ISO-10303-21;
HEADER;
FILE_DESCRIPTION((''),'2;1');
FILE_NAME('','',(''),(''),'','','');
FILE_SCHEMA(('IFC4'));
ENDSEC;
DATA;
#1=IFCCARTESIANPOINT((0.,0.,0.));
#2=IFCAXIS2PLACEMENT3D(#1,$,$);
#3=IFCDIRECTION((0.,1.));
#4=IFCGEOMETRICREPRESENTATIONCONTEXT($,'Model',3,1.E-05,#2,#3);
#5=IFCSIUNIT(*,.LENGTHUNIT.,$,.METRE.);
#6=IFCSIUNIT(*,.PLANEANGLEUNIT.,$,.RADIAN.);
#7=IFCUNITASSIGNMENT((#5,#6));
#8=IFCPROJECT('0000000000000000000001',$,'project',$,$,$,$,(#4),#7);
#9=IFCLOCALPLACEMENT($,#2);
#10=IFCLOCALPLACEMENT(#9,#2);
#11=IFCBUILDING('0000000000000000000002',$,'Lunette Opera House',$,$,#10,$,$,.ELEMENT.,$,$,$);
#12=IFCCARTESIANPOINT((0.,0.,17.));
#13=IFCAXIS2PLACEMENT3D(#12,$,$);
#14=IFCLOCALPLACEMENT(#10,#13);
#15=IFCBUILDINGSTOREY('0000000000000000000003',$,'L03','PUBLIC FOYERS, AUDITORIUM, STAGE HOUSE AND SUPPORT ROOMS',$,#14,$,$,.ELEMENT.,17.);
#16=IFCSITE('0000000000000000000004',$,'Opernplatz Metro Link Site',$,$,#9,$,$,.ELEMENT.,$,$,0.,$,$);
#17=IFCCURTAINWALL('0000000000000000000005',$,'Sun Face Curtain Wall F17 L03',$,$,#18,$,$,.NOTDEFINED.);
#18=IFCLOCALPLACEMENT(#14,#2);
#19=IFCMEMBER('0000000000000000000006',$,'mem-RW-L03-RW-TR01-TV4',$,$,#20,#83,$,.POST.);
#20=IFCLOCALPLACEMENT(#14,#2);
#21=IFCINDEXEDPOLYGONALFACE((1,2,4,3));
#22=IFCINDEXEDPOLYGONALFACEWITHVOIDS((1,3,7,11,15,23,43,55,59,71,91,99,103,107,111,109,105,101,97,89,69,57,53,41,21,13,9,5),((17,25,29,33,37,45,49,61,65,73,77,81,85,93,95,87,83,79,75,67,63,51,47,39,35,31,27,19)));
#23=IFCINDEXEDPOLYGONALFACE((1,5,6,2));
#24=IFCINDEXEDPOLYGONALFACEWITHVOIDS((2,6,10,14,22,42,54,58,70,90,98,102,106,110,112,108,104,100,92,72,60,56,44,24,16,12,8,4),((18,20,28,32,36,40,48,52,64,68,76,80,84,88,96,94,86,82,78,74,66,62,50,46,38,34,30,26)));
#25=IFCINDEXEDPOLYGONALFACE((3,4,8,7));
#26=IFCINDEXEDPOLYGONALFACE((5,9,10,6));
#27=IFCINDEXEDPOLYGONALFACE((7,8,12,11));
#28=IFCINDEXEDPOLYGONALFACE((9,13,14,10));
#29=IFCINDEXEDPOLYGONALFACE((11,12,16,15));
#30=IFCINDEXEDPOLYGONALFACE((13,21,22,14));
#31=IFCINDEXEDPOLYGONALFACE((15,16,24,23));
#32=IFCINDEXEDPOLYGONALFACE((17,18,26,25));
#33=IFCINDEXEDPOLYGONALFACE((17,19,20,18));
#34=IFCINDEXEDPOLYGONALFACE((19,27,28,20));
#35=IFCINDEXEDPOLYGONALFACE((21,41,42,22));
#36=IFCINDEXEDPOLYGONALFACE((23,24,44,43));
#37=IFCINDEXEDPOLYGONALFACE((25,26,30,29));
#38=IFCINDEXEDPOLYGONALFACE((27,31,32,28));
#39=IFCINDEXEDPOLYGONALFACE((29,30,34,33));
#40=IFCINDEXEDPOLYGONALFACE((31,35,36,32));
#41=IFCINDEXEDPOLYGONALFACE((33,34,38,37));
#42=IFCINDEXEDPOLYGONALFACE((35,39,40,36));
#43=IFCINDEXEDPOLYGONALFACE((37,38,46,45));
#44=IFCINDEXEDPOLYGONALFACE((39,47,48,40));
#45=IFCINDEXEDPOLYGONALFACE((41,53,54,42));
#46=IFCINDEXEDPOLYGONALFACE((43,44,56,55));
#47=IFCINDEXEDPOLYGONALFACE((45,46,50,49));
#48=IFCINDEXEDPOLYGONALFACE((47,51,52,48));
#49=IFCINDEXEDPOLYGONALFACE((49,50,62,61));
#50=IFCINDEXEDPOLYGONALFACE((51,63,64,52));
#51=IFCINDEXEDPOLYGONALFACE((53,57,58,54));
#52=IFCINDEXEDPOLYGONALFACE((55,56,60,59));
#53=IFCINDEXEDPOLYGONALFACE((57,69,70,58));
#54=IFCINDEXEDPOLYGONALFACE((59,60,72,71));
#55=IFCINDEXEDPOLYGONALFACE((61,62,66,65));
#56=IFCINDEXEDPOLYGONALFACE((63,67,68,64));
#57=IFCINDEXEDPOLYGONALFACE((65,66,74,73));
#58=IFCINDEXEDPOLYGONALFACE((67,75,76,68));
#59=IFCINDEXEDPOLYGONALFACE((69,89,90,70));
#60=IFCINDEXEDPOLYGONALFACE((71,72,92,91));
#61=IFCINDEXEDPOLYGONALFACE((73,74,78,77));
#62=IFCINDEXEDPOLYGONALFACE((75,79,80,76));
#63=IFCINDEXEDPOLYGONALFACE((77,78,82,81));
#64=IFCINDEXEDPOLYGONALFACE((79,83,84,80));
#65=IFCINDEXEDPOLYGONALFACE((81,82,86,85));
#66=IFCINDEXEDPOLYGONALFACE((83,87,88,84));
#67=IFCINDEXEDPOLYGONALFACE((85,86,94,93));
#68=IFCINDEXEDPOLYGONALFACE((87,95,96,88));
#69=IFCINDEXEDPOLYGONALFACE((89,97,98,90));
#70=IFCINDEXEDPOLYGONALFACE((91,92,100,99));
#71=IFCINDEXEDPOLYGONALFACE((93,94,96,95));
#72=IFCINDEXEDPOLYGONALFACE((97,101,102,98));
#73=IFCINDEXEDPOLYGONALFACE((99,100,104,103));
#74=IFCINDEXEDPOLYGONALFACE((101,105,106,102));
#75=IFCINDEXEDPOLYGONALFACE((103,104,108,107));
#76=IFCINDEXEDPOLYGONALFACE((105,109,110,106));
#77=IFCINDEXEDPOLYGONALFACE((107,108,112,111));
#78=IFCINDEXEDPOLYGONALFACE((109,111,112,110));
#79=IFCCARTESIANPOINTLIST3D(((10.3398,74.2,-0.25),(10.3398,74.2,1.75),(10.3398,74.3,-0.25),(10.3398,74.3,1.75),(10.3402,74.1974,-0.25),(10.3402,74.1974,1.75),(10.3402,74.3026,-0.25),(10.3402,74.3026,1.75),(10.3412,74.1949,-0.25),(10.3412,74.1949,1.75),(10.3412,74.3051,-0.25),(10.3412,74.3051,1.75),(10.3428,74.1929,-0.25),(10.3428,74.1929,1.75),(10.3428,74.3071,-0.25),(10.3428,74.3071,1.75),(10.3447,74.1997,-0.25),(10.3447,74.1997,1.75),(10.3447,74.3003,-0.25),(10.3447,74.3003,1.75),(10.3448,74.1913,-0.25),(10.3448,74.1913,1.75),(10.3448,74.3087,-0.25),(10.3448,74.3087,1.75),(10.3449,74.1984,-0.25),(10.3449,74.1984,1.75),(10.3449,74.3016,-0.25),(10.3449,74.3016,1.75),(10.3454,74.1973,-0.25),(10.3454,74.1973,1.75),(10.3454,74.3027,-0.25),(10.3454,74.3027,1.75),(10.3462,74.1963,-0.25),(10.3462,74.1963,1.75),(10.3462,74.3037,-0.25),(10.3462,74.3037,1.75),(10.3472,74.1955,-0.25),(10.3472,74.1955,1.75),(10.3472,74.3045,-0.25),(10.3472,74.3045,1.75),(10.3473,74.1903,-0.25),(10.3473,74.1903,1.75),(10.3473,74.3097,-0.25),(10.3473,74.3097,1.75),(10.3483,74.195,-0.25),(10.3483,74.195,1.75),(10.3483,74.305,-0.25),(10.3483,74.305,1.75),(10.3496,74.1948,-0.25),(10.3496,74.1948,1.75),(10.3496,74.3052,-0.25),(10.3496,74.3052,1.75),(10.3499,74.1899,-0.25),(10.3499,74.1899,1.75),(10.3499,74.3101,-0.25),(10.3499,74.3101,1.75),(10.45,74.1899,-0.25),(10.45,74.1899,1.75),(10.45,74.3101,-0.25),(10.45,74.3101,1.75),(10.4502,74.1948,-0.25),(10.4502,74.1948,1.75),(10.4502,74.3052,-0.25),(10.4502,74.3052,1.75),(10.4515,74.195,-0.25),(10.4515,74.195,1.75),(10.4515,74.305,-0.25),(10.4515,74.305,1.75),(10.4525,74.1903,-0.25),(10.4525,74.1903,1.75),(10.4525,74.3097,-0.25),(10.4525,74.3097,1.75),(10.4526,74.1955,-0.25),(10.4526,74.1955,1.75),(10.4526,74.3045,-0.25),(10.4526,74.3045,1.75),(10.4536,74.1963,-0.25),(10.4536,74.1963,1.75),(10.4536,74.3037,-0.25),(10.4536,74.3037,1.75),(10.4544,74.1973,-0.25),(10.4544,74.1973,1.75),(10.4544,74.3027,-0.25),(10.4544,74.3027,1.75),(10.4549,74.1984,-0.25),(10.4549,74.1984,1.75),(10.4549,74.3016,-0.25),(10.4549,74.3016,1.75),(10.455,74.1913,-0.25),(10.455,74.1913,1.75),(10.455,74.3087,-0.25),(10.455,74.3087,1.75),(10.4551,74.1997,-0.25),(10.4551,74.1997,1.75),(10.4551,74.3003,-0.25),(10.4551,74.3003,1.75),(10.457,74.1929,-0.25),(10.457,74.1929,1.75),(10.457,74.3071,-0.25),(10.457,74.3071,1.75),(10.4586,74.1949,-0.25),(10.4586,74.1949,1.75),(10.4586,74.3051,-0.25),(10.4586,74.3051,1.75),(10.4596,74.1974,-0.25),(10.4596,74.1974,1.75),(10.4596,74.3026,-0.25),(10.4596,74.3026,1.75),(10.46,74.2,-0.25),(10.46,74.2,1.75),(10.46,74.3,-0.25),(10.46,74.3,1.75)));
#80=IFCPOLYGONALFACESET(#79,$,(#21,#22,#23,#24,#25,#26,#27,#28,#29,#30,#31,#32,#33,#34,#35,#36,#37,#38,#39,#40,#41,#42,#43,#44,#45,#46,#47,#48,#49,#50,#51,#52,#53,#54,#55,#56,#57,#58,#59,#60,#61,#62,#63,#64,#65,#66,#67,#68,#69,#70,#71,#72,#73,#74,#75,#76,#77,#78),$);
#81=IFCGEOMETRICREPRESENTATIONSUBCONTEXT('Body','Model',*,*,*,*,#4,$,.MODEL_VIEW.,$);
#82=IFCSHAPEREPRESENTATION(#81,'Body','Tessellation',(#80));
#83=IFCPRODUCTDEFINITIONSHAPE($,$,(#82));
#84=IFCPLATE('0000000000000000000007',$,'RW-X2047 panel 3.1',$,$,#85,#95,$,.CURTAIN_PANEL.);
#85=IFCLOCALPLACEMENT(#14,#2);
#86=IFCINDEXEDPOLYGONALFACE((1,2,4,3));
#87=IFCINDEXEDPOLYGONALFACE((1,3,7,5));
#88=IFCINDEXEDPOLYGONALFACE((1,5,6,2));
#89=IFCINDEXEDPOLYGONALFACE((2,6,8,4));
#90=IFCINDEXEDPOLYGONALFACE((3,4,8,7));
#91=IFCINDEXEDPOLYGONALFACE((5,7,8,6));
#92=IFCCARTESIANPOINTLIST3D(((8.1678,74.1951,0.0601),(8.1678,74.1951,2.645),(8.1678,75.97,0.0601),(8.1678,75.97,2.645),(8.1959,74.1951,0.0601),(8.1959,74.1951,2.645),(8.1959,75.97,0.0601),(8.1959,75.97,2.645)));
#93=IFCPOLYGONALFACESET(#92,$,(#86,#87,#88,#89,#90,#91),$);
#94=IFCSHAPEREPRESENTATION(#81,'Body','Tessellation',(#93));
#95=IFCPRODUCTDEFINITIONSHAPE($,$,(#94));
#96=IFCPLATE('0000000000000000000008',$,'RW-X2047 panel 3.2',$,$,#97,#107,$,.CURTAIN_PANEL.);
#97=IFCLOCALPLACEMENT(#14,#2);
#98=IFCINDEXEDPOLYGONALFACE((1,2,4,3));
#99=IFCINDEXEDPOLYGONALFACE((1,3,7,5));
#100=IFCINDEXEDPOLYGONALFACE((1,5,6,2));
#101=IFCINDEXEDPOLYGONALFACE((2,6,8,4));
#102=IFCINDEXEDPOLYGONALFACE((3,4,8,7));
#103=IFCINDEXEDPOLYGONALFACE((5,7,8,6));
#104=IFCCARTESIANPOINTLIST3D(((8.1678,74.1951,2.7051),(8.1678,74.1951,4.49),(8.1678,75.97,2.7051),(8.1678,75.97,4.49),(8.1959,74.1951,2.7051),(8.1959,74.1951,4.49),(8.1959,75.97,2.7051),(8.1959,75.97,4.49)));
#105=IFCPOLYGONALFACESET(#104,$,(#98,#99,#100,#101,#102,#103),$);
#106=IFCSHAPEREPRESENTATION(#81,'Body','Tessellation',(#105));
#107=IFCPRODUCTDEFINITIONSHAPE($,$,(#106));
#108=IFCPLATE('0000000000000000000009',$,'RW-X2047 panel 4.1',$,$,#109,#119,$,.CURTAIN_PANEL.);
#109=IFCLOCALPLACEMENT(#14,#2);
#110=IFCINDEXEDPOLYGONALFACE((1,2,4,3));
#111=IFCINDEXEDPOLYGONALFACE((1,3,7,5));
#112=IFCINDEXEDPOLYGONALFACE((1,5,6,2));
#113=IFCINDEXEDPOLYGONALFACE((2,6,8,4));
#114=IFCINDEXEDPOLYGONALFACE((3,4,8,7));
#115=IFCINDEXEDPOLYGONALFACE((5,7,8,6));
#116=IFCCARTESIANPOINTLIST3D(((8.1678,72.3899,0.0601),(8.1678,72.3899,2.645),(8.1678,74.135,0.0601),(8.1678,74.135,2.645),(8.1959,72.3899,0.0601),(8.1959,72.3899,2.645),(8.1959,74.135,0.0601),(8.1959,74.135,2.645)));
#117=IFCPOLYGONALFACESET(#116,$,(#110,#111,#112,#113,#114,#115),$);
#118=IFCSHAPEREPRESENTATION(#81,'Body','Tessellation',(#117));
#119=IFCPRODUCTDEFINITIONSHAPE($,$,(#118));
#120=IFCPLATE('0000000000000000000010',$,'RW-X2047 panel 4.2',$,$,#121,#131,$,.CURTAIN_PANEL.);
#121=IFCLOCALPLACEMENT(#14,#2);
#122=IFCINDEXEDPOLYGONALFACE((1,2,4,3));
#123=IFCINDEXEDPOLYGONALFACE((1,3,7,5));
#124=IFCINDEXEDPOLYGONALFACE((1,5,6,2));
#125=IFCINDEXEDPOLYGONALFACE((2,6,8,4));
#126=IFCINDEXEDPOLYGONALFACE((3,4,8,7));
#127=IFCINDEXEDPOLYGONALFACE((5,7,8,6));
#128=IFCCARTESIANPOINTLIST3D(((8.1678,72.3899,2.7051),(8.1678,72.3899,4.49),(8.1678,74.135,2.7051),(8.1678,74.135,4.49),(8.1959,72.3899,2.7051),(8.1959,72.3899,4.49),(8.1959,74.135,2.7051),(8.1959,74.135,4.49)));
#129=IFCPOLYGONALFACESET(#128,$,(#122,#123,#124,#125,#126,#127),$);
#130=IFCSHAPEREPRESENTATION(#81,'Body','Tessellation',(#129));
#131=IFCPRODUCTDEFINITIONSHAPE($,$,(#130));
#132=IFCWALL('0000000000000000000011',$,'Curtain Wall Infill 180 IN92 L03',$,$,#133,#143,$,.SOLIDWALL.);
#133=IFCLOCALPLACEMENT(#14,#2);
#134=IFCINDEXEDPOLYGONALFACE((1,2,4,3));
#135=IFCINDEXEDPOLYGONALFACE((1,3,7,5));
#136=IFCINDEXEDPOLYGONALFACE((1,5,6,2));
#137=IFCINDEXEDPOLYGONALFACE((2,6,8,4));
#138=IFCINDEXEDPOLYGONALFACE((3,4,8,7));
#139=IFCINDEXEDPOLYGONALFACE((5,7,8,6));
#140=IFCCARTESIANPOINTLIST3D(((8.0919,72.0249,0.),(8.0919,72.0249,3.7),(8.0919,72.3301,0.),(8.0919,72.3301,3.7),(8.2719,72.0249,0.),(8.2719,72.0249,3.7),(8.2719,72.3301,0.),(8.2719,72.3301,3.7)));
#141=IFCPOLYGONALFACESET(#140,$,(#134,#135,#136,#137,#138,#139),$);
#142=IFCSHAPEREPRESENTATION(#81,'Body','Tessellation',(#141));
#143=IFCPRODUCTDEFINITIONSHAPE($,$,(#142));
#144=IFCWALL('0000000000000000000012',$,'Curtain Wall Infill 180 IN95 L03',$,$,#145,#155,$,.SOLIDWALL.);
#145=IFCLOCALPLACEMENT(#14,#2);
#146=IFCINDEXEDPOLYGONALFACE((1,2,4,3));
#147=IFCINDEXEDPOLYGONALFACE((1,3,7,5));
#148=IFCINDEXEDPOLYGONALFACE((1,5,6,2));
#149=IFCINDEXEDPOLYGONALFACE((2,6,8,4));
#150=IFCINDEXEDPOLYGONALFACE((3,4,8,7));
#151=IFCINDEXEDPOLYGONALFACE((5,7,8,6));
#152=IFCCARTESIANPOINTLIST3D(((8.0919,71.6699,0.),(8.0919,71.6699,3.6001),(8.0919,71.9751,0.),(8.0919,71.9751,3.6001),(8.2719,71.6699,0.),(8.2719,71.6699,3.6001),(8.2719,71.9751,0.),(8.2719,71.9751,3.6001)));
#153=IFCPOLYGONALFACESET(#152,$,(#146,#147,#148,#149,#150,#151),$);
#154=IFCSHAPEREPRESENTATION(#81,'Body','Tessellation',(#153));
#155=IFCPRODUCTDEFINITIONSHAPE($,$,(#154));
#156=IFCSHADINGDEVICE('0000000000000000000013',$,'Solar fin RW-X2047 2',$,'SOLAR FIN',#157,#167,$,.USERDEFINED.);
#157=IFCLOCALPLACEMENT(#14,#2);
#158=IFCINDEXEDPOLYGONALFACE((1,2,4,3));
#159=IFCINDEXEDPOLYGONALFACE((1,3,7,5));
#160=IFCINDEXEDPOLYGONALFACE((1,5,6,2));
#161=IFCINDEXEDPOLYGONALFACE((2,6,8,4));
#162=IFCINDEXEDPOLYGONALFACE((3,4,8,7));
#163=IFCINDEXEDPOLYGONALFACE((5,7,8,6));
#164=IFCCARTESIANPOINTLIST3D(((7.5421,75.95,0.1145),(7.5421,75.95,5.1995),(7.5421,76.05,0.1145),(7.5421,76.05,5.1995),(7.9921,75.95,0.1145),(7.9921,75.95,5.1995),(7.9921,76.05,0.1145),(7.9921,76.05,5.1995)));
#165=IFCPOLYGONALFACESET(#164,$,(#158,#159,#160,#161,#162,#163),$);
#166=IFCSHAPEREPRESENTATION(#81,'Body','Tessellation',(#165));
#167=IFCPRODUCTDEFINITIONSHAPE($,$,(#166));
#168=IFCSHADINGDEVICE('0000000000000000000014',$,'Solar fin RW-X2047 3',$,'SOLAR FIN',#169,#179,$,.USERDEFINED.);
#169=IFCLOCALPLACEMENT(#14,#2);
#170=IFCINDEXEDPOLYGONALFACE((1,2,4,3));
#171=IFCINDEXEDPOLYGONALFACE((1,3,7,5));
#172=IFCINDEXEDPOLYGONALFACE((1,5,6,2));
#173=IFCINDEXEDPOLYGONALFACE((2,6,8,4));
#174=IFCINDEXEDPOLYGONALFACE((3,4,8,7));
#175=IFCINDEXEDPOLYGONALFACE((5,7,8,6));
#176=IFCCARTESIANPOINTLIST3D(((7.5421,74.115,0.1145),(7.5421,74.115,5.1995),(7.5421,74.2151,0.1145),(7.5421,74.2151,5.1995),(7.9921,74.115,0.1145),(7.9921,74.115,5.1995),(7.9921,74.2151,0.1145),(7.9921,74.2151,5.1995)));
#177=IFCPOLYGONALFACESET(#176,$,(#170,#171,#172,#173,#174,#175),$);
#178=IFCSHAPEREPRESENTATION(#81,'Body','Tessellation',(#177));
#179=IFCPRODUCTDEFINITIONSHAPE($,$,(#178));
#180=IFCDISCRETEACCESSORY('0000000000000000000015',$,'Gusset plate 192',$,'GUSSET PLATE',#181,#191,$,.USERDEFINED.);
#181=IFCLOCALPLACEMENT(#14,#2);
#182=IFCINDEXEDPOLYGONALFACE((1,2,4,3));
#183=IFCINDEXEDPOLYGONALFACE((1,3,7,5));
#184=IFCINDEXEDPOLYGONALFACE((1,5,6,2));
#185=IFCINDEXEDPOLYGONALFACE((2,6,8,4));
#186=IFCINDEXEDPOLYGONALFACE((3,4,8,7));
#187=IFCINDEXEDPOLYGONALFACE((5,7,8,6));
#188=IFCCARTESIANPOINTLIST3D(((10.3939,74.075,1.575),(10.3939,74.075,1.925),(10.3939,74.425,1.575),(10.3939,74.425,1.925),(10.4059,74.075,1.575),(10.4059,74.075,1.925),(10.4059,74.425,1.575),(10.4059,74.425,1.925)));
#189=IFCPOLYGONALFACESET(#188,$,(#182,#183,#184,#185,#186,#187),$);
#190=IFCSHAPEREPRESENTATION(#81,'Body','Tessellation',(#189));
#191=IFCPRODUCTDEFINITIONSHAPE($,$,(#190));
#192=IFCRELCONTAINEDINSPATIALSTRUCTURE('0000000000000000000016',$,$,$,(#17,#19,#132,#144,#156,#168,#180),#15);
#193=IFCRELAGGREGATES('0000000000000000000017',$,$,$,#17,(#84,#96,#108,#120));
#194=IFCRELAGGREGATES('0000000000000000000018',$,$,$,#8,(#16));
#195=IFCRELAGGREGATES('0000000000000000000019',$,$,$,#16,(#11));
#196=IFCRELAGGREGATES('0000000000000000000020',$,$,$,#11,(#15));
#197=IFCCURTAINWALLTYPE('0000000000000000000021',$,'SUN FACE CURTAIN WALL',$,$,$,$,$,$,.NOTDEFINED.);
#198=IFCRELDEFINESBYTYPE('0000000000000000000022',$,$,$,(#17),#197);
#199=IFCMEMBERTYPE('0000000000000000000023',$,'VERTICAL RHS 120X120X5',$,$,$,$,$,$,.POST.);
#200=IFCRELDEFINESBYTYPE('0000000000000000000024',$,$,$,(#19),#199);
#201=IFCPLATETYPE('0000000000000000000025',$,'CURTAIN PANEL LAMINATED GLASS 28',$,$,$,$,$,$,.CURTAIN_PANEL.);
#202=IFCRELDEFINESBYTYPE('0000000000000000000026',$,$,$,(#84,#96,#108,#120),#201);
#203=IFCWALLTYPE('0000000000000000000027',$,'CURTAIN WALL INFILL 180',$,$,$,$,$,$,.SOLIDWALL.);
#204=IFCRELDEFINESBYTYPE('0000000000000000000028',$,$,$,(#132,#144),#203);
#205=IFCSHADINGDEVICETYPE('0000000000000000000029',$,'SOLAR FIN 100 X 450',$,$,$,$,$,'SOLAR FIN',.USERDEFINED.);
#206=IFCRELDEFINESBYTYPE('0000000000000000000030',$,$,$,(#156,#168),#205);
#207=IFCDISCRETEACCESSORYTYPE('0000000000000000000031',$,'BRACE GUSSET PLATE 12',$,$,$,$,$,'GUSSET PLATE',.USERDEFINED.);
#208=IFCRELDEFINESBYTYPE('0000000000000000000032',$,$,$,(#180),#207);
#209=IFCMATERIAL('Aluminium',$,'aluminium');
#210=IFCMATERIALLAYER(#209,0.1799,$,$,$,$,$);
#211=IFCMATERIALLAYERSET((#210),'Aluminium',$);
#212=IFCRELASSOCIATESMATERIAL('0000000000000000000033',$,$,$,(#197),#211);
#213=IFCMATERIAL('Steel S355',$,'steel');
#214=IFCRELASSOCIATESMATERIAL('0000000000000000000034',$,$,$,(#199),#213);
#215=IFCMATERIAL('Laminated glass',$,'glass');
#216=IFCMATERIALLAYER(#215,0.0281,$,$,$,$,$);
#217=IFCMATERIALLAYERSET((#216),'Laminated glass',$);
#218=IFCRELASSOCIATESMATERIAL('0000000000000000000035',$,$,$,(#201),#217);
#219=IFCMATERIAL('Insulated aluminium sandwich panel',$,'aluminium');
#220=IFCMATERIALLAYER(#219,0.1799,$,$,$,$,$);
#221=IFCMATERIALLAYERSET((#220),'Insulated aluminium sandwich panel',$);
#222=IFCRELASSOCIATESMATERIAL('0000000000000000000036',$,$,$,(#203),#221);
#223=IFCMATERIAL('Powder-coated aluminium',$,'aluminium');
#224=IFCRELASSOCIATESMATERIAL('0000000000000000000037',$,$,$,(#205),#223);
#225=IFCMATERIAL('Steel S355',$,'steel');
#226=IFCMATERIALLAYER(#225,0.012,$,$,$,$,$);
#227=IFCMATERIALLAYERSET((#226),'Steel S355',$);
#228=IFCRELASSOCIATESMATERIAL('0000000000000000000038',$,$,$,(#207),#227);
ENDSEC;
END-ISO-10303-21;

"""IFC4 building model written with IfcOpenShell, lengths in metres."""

from ifc_helpers import new_model, si_unit, direction, frame, frame_2d, origin, origin_2d, place, context, subcontext, project, spatial, rectangle, hollow_rectangle, extrude, material, layer, layer_set, material_profile, profile_set, type_object, element, aggregate, save


model = new_model("IFC4")

# Units and contexts
model_context = context("Model", 3, precision=1e-05, world=origin(), true_north=direction((0.0, 1.0)))
body_context = subcontext(model_context, "Body", "Model", "MODEL_VIEW")
ifc_project = project(units=[si_unit("LENGTHUNIT", "METRE"), si_unit("PLANEANGLEUNIT", "RADIAN")], contexts=[model_context])

# Site, building, storey
site_placement = place(None, origin())
site = spatial("IfcSite", under=ifc_project, at=site_placement, Name="Opernplatz Metro Link Site", CompositionType="ELEMENT", RefElevation=0.0)
building_placement = place(site_placement, origin())
building = spatial("IfcBuilding", under=site, at=building_placement, Name="Lunette Opera House", CompositionType="ELEMENT")
storey_placement = place(building_placement, frame((0.0, 0.0, 17.0)))
storey = spatial("IfcBuildingStorey", under=building, at=storey_placement, Name="L03", Description="PUBLIC FOYERS, AUDITORIUM, STAGE HOUSE AND SUPPORT ROOMS", CompositionType="ELEMENT", Elevation=17.0)

# Curtain wall
ifc_material_1 = material(Name="Aluminium", Category="aluminium")
ifc_layer_1 = layer(ifc_material_1, 0.1799)
ifc_layer_set_1 = layer_set([ifc_layer_1], Name="Aluminium")
curtain_wall_type = type_object("IfcCurtainWallType", Name="SUN FACE CURTAIN WALL", PredefinedType="NOTDEFINED", material=ifc_layer_set_1)
curtain_wall_1_placement = place(storey_placement, origin())
curtain_wall_1 = element("IfcCurtainWall", 1, at=curtain_wall_1_placement, inside=storey, type_object=curtain_wall_type, Name="Sun Face Curtain Wall F17 L03", PredefinedType="NOTDEFINED")

# Member
ifc_material_2 = material(Name="Steel S355", Category="steel")
ifc_material_profile_1 = material_profile(ifc_material_2, hollow_rectangle(XDim=0.1201, YDim=0.1201, WallThickness=0.0049, InnerFilletRadius=0.0049, OuterFilletRadius=0.01, at=origin_2d()), Name="RHS 120X120X5")
ifc_profile_set_1 = profile_set([ifc_material_profile_1], Name="Steel S355")
member_type_1 = type_object("IfcMemberType", Name="VERTICAL RHS 120X120X5", PredefinedType="POST", material=ifc_profile_set_1)
member_1_placement = place(storey_placement, frame((10.3999, 74.25, -0.25), z_axis=(0.0, 0.0, 1.0), x_axis=(1.0, 0.0, 0.0)))
element("IfcMember", 2, at=member_1_placement, inside=storey, type_object=member_type_1, Name="mem-RW-L03-RW-TR01-TV4", PredefinedType="POST", context=body_context, shape_type="SweptSolid", body=[
    extrude(hollow_rectangle(XDim=0.1201, YDim=0.1201, WallThickness=0.0049, InnerFilletRadius=0.0049, OuterFilletRadius=0.01, at=origin_2d()), origin(), (0.0, 0.0, 1.0), 2.0),
])

# Plates
ifc_material_3 = material(Name="Laminated glass", Category="glass")
ifc_layer_2 = layer(ifc_material_3, 0.0281)
ifc_layer_set_2 = layer_set([ifc_layer_2], Name="Laminated glass")
plate_type = type_object("IfcPlateType", Name="CURTAIN PANEL LAMINATED GLASS 28", PredefinedType="CURTAIN_PANEL", material=ifc_layer_set_2)
plate_1_placement = place(storey_placement, frame((8.1819, 75.0825, 0.0601), z_axis=(0.0, 0.0, 1.0), x_axis=(0.0, -1.0, 0.0)))
plate_1 = element("IfcPlate", 3, at=plate_1_placement, type_object=plate_type, Name="RW-X2047 panel 3.1", PredefinedType="CURTAIN_PANEL", context=body_context, shape_type="SweptSolid", body=[
    extrude(rectangle(XDim=1.7749, YDim=0.0281, at=origin_2d()), origin(), (0.0, 0.0, 1.0), 2.585),
])
plate_2_placement = place(storey_placement, frame((8.1819, 75.0825, 2.7051), z_axis=(0.0, 0.0, 1.0), x_axis=(0.0, -1.0, 0.0)))
plate_2 = element("IfcPlate", 4, at=plate_2_placement, type_object=plate_type, Name="RW-X2047 panel 3.2", PredefinedType="CURTAIN_PANEL", context=body_context, shape_type="SweptSolid", body=[
    extrude(rectangle(XDim=1.7749, YDim=0.0281, at=origin_2d()), origin(), (0.0, 0.0, 1.0), 1.7849),
])
plate_3_placement = place(storey_placement, frame((8.1819, 73.2625, 0.0601), z_axis=(0.0, 0.0, 1.0), x_axis=(0.0, -1.0, 0.0)))
plate_3 = element("IfcPlate", 5, at=plate_3_placement, type_object=plate_type, Name="RW-X2047 panel 4.1", PredefinedType="CURTAIN_PANEL", context=body_context, shape_type="SweptSolid", body=[
    extrude(rectangle(XDim=1.7451, YDim=0.0281, at=origin_2d()), origin(), (0.0, 0.0, 1.0), 2.585),
])
plate_4_placement = place(storey_placement, frame((8.1819, 73.2625, 2.7051), z_axis=(0.0, 0.0, 1.0), x_axis=(0.0, -1.0, 0.0)))
plate_4 = element("IfcPlate", 6, at=plate_4_placement, type_object=plate_type, Name="RW-X2047 panel 4.2", PredefinedType="CURTAIN_PANEL", context=body_context, shape_type="SweptSolid", body=[
    extrude(rectangle(XDim=1.7451, YDim=0.0281, at=origin_2d()), origin(), (0.0, 0.0, 1.0), 1.7849),
])
aggregate(curtain_wall_1, [plate_1, plate_2, plate_3, plate_4])

# Walls
ifc_material_4 = material(Name="Insulated aluminium sandwich panel", Category="aluminium")
ifc_layer_3 = layer(ifc_material_4, 0.1799)
ifc_layer_set_3 = layer_set([ifc_layer_3], Name="Insulated aluminium sandwich panel")
wall_type = type_object("IfcWallType", Name="CURTAIN WALL INFILL 180", PredefinedType="SOLIDWALL", material=ifc_layer_set_3)
wall_1_placement = place(storey_placement, frame((8.1819, 72.3301, 0.0), z_axis=(0.0, 0.0, 1.0), x_axis=(0.0, -1.0, 0.0)))
element("IfcWall", 7, at=wall_1_placement, inside=storey, type_object=wall_type, Name="Curtain Wall Infill 180 IN92 L03", PredefinedType="SOLIDWALL", context=body_context, shape_type="SweptSolid", body=[
    extrude(rectangle(XDim=0.3052, YDim=0.1799, at=frame_2d((0.1526, 0.0))), origin(), (0.0, 0.0, 1.0), 3.7),
])
wall_2_placement = place(storey_placement, frame((8.1819, 71.6699, 0.0), z_axis=(0.0, 0.0, 1.0), x_axis=(0.0, 1.0, 0.0)))
element("IfcWall", 8, at=wall_2_placement, inside=storey, type_object=wall_type, Name="Curtain Wall Infill 180 IN95 L03", PredefinedType="SOLIDWALL", context=body_context, shape_type="SweptSolid", body=[
    extrude(rectangle(XDim=0.3052, YDim=0.1799, at=frame_2d((0.1526, 0.0))), origin(), (0.0, 0.0, 1.0), 3.6001),
])

# Shading devices
ifc_material_5 = material(Name="Powder-coated aluminium", Category="aluminium")
shading_device_type = type_object("IfcShadingDeviceType", Name="SOLAR FIN 100 X 450", ElementType="SOLAR FIN", PredefinedType="USERDEFINED", material=ifc_material_5)
for number, where, z_axis, x_axis, name in (
    (9, (7.7671, 76.0, 0.1145), (0.0, 0.0, 1.0), (-1.0, 0.0, 0.0), "Solar fin RW-X2047 2"),
    (10, (7.7671, 74.165, 0.1145), (0.0, 0.0, 1.0), (-1.0, 0.0, 0.0), "Solar fin RW-X2047 3"),
):
    element("IfcShadingDevice", number, at=place(storey_placement, frame(where, z_axis=z_axis, x_axis=x_axis)), inside=storey, type_object=shading_device_type, Name=name, ObjectType="SOLAR FIN", PredefinedType="USERDEFINED", context=body_context, shape_type="SweptSolid", body=[
        extrude(rectangle(XDim=0.45, YDim=0.1001, at=origin_2d()), origin(), (0.0, 0.0, 1.0), 5.085),
    ])

# Discrete accessory
ifc_material_6 = material(Name="Steel S355", Category="steel")
ifc_layer_4 = layer(ifc_material_6, 0.012)
ifc_layer_set_4 = layer_set([ifc_layer_4], Name="Steel S355")
discrete_accessory_type_1 = type_object("IfcDiscreteAccessoryType", Name="BRACE GUSSET PLATE 12", ElementType="GUSSET PLATE", PredefinedType="USERDEFINED", material=ifc_layer_set_4)
discrete_accessory_1_placement = place(storey_placement, frame((10.3999, 74.25, 1.575), z_axis=(0.0, 0.0, 1.0), x_axis=(0.0, 1.0, 0.0)))
element("IfcDiscreteAccessory", 11, at=discrete_accessory_1_placement, inside=storey, type_object=discrete_accessory_type_1, Name="Gusset plate 192", ObjectType="GUSSET PLATE", PredefinedType="USERDEFINED", context=body_context, shape_type="SweptSolid", body=[
    extrude(rectangle(XDim=0.3501, YDim=0.012, at=origin_2d()), origin(), (0.0, 0.0, 1.0), 0.3501),
])

save(model, "model.ifc")
